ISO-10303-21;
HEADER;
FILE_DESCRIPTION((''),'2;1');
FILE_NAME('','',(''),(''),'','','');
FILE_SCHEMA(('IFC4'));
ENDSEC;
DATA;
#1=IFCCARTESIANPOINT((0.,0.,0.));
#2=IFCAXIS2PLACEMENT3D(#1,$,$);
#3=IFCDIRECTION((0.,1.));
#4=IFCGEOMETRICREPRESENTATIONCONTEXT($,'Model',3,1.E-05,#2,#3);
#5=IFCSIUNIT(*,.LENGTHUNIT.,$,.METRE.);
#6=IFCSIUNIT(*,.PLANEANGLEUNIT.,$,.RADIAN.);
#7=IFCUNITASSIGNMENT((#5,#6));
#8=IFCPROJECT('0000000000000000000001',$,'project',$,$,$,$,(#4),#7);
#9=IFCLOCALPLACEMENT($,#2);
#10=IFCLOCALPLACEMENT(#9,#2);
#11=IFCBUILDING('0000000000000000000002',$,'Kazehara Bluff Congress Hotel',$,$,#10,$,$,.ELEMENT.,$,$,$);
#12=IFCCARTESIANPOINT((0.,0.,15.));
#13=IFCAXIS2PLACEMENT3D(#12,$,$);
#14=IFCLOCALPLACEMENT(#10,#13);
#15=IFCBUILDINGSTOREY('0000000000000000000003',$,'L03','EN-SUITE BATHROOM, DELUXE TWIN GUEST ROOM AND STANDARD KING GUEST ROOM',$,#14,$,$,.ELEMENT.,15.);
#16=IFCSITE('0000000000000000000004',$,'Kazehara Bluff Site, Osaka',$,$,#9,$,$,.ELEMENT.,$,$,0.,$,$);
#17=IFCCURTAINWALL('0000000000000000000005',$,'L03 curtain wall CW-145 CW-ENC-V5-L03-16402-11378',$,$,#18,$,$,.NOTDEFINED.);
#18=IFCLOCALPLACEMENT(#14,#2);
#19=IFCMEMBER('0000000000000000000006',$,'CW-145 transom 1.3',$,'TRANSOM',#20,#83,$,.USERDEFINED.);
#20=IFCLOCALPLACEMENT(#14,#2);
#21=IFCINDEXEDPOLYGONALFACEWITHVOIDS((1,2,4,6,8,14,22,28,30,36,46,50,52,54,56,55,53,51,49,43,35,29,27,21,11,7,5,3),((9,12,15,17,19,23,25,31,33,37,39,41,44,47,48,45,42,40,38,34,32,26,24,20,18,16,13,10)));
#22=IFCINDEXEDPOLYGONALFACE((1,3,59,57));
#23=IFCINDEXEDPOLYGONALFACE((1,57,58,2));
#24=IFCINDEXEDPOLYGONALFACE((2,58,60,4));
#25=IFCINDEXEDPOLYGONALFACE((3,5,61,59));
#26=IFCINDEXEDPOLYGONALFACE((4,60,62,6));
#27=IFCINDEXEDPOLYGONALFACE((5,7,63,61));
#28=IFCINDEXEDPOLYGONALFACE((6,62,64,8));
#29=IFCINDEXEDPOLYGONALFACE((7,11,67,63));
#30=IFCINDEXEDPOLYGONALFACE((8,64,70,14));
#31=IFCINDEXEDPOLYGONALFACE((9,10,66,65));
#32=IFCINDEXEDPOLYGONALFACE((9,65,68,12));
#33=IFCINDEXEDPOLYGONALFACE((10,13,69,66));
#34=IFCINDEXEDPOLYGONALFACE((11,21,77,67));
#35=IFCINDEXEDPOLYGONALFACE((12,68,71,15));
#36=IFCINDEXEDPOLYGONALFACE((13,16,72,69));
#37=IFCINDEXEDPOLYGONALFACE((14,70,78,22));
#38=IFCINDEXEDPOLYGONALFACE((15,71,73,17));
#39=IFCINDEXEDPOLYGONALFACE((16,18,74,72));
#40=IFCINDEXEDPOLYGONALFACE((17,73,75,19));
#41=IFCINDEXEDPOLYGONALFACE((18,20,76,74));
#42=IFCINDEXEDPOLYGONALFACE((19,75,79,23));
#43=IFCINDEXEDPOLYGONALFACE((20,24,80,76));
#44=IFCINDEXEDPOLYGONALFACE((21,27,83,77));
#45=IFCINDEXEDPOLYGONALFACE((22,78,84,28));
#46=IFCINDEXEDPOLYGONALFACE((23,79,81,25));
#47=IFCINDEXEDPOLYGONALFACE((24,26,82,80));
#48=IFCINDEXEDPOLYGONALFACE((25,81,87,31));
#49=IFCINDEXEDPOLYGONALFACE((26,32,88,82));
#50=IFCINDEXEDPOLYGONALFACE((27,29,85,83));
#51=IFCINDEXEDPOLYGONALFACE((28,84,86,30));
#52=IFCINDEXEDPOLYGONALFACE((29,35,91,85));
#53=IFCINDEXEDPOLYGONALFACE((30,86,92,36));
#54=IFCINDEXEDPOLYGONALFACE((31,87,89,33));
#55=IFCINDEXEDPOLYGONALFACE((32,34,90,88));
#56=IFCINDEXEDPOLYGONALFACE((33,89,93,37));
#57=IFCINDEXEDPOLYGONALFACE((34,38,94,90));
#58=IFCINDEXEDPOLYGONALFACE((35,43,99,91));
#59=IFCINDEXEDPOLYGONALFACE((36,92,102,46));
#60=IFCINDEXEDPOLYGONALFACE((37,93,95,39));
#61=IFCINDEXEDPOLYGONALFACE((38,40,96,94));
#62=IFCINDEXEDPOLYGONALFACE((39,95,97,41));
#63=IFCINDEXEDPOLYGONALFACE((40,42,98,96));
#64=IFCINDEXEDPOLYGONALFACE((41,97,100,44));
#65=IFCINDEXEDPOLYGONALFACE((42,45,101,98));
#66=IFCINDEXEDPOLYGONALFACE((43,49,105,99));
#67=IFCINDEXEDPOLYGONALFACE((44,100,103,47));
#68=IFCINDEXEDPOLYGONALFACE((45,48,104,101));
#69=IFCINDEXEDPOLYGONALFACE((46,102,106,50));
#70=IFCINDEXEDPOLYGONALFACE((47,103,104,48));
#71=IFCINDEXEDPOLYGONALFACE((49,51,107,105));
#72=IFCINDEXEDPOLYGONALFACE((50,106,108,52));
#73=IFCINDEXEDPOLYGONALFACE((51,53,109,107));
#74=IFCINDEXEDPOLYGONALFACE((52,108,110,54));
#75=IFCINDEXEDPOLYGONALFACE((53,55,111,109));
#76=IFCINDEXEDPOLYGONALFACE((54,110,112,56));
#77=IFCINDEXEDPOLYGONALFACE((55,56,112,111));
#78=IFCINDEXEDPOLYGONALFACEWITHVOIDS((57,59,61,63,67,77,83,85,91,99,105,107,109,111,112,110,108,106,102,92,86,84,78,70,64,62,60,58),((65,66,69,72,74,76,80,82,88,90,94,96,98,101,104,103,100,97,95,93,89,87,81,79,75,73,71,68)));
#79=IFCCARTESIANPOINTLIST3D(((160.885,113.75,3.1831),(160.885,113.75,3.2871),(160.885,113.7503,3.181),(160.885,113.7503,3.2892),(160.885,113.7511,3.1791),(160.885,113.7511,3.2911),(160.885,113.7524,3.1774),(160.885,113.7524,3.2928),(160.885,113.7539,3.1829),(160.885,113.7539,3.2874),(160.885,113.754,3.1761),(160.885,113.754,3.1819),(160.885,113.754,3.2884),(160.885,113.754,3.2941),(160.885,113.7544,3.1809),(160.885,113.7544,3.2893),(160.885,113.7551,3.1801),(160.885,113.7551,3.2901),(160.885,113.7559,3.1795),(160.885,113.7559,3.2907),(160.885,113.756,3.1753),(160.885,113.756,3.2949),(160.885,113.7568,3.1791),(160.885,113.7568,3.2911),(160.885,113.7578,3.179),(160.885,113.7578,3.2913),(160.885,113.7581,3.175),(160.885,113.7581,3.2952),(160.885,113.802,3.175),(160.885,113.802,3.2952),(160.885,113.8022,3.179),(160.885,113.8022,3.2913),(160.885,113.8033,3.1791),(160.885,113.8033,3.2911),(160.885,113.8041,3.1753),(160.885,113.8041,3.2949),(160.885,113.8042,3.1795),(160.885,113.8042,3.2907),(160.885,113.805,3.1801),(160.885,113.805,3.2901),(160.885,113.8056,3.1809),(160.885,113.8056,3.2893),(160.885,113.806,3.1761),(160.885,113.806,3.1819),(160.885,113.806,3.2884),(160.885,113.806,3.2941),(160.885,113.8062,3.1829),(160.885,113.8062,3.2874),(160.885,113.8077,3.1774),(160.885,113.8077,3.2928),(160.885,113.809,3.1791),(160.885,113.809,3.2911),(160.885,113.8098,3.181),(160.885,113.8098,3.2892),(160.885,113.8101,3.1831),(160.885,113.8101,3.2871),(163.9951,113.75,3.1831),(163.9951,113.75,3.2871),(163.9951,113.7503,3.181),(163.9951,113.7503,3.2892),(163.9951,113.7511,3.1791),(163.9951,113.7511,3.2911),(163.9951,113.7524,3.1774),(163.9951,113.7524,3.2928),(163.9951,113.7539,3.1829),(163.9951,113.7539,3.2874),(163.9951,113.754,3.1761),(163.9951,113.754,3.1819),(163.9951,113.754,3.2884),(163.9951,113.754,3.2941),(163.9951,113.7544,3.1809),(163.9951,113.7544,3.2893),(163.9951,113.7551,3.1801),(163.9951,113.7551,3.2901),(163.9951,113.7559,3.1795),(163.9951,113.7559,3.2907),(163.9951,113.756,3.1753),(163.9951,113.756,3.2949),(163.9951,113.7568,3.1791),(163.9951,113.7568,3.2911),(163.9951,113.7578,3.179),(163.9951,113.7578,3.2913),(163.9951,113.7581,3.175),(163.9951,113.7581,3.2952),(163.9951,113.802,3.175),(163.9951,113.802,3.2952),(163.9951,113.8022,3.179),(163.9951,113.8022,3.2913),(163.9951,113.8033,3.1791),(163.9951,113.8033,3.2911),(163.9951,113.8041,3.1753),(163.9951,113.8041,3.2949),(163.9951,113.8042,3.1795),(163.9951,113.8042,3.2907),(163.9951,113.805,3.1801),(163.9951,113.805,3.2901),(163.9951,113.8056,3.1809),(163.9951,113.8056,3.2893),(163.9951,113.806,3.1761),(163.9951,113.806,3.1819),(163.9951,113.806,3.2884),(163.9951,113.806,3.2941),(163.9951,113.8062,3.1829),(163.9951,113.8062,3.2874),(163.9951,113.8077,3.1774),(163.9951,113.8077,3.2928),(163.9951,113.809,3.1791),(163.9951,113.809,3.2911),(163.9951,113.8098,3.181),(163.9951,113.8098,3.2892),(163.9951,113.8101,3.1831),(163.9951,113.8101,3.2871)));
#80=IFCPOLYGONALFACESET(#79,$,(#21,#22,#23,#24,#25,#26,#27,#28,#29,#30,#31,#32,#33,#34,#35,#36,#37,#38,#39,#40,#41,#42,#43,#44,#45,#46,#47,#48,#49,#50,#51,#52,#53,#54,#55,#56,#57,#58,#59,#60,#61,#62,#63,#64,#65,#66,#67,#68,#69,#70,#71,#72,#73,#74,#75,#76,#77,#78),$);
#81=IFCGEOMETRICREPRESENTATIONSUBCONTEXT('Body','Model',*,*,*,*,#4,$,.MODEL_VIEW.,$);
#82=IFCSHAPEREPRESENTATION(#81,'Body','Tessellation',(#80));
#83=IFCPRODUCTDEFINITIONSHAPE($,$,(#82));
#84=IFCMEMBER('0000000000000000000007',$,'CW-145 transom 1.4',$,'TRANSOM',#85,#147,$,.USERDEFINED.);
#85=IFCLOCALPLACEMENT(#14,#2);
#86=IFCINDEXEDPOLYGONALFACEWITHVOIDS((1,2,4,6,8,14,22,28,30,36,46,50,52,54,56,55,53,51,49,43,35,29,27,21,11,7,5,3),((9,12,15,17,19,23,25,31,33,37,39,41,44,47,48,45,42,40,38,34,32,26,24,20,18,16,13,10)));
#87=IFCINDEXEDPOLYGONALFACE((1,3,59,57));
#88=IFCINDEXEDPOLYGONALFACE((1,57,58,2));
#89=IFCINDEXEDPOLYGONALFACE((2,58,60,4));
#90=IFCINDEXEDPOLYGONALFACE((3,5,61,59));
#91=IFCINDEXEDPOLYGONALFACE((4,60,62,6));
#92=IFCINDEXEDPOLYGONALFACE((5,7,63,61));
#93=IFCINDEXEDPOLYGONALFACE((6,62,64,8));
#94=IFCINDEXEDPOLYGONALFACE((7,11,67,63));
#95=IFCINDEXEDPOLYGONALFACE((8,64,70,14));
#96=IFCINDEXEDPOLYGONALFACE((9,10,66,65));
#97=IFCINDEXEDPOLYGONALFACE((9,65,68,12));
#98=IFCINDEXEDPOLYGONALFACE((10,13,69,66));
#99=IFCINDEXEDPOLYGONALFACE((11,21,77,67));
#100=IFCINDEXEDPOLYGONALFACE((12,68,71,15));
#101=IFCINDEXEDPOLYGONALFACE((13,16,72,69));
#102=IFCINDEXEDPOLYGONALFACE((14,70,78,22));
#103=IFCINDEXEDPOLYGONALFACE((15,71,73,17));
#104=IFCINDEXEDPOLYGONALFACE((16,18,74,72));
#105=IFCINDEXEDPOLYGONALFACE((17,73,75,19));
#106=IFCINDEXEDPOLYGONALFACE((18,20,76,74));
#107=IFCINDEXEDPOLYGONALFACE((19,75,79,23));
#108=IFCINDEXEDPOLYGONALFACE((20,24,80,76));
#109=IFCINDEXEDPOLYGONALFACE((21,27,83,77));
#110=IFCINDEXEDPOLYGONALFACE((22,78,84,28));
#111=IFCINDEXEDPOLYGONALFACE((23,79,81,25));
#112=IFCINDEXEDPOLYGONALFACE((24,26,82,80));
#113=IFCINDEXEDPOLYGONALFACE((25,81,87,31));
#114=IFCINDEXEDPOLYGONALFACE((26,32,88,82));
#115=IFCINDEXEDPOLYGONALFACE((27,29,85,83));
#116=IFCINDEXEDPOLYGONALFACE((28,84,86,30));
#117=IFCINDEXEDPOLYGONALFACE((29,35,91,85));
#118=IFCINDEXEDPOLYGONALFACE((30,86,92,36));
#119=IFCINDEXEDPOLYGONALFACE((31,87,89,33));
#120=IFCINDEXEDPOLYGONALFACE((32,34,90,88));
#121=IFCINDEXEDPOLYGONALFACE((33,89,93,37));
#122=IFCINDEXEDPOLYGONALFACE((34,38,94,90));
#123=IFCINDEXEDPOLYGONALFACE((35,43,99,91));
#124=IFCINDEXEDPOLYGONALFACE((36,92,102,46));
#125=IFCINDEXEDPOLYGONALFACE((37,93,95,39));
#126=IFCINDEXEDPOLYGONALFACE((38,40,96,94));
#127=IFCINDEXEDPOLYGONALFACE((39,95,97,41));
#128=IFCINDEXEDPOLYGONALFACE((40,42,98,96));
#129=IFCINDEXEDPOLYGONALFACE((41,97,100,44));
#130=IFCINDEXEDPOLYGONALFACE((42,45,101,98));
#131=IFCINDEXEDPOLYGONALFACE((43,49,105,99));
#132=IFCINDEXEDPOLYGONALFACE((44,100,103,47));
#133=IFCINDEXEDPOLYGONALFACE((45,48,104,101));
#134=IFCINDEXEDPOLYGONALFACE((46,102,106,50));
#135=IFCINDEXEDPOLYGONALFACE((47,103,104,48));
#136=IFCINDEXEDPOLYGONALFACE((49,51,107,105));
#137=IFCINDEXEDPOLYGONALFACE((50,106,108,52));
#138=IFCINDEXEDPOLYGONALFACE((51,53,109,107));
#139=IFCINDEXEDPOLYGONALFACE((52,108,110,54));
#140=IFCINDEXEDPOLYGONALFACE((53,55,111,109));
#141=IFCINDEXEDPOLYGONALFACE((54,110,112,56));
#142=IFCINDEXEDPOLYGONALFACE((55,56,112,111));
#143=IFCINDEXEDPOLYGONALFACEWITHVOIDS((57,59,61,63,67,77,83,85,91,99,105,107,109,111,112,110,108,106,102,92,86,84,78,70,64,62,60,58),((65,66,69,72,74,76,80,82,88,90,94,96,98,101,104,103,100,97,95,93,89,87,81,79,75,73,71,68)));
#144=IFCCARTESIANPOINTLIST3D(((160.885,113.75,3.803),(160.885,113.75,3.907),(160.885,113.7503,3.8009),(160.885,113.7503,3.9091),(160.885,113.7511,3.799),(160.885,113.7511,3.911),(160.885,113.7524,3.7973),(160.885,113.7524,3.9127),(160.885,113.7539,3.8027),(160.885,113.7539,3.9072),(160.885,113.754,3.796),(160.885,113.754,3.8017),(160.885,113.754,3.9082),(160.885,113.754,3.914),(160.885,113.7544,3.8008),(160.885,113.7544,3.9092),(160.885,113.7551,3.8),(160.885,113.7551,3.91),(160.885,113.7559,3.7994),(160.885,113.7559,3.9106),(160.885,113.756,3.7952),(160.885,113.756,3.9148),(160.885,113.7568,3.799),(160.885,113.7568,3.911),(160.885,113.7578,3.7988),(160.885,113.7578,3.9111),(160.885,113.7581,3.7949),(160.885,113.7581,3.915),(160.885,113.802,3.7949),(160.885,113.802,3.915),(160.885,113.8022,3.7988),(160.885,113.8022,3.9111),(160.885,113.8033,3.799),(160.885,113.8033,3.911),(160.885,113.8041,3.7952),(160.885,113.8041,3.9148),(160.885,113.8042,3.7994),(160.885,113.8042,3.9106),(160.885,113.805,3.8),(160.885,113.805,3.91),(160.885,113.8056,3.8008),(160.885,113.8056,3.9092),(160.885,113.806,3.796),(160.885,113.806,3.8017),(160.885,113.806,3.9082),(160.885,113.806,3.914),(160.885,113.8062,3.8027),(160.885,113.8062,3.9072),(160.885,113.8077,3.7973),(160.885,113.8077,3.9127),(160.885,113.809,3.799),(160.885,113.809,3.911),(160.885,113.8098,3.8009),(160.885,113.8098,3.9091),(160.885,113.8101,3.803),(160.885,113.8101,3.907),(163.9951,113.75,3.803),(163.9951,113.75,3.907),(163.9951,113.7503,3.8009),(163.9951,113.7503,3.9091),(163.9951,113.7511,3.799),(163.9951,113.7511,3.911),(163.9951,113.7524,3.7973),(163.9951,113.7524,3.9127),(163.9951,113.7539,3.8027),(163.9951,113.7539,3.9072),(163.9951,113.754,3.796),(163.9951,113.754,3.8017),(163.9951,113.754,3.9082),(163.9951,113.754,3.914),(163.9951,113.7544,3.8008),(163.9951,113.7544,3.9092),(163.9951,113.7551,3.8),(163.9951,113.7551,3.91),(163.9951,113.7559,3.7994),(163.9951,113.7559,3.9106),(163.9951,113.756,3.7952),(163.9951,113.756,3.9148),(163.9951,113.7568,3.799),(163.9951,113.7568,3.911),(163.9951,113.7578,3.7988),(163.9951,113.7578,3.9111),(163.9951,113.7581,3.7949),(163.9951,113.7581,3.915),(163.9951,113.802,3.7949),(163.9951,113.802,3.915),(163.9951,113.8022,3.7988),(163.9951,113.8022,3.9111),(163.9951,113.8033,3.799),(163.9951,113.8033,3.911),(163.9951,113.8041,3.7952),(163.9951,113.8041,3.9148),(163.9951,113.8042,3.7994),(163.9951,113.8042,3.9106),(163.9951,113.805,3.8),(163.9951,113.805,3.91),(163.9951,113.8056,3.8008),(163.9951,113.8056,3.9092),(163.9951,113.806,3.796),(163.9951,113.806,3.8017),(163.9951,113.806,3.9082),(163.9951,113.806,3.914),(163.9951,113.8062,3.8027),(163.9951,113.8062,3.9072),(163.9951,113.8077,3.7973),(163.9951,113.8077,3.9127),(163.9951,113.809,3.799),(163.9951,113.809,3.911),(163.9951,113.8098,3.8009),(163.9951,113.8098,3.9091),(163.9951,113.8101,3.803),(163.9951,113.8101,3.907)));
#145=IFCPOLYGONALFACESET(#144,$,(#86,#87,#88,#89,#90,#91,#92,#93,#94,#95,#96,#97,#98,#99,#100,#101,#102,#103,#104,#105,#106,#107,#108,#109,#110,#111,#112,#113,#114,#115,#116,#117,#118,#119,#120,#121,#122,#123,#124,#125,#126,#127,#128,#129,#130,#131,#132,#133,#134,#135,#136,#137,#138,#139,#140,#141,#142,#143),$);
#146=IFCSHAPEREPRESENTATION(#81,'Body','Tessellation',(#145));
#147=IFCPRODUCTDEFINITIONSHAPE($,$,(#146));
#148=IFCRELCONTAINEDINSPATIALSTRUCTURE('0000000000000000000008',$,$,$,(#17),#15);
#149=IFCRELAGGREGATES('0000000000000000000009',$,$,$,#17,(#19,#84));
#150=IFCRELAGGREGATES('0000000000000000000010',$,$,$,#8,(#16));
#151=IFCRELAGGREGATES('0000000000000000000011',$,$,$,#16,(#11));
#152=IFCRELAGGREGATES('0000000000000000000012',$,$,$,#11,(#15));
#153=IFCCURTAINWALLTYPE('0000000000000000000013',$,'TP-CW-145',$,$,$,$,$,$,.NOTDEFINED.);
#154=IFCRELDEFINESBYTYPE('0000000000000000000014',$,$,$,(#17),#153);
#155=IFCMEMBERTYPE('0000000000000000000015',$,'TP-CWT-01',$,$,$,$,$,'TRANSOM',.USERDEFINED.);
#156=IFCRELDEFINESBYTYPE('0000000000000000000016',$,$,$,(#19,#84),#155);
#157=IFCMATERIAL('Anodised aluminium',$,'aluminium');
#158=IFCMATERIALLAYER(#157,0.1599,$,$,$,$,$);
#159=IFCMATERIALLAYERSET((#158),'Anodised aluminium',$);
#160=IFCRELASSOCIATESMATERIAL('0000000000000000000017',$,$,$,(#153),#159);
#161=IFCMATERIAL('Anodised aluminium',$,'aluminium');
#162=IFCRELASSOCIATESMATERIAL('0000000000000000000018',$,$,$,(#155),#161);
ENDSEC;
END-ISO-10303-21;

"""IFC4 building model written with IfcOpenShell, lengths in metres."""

from ifc_helpers import new_model, si_unit, direction, frame, origin, origin_2d, place, context, subcontext, project, spatial, hollow_rectangle, extrude, material, layer, layer_set, material_profile, profile_set, type_object, element, aggregate, save


model = new_model("IFC4")

# Units and contexts
model_context = context("Model", 3, precision=1e-05, world=origin(), true_north=direction((0.0, 1.0)))
body_context = subcontext(model_context, "Body", "Model", "MODEL_VIEW")
ifc_project = project(units=[si_unit("LENGTHUNIT", "METRE"), si_unit("PLANEANGLEUNIT", "RADIAN")], contexts=[model_context])

# Site, building, storey
site_placement = place(None, origin())
site = spatial("IfcSite", under=ifc_project, at=site_placement, Name="Kazehara Bluff Site, Osaka", CompositionType="ELEMENT", RefElevation=0.0)
building_placement = place(site_placement, origin())
building = spatial("IfcBuilding", under=site, at=building_placement, Name="Kazehara Bluff Congress Hotel", CompositionType="ELEMENT")
storey_placement = place(building_placement, frame((0.0, 0.0, 15.0)))
storey = spatial("IfcBuildingStorey", under=building, at=storey_placement, Name="L03", Description="EN-SUITE BATHROOM, DELUXE TWIN GUEST ROOM AND STANDARD KING GUEST ROOM", CompositionType="ELEMENT", Elevation=15.0)

# Curtain wall
ifc_material_1 = material(Name="Anodised aluminium", Category="aluminium")
ifc_layer_1 = layer(ifc_material_1, 0.1599)
ifc_layer_set_1 = layer_set([ifc_layer_1], Name="Anodised aluminium")
curtain_wall_type_1 = type_object("IfcCurtainWallType", Name="TP-CW-145", PredefinedType="NOTDEFINED", material=ifc_layer_set_1)
curtain_wall_1_placement = place(storey_placement, origin())
curtain_wall_1 = element("IfcCurtainWall", 1, at=curtain_wall_1_placement, inside=storey, type_object=curtain_wall_type_1, Name="L03 curtain wall CW-145 CW-ENC-V5-L03-16402-11378", PredefinedType="NOTDEFINED")

# Members
ifc_material_2 = material(Name="Anodised aluminium", Category="aluminium")
ifc_material_profile_1 = material_profile(ifc_material_2, hollow_rectangle(XDim=0.0601, YDim=0.1201, WallThickness=0.0039, InnerFilletRadius=0.0039, OuterFilletRadius=0.0081, at=origin_2d()))
ifc_profile_set_1 = profile_set([ifc_material_profile_1], Name="Anodised aluminium")
member_type_1 = type_object("IfcMemberType", Name="TP-CWT-01", ElementType="TRANSOM", PredefinedType="USERDEFINED", material=ifc_profile_set_1)
member_1_placement = place(storey_placement, frame((160.885, 113.78, 3.2351), z_axis=(1.0, 0.0, 0.0), x_axis=(0.0, 1.0, 0.0)))
member_1 = element("IfcMember", 2, at=member_1_placement, type_object=member_type_1, Name="CW-145 transom 1.3", ObjectType="TRANSOM", PredefinedType="USERDEFINED", context=body_context, shape_type="SweptSolid", body=[
    extrude(hollow_rectangle(XDim=0.0601, YDim=0.1201, WallThickness=0.0039, InnerFilletRadius=0.0039, OuterFilletRadius=0.0081, at=origin_2d()), origin(), (0.0, 0.0, 1.0), 3.1101),
])
member_2_placement = place(storey_placement, frame((160.885, 113.78, 3.855), z_axis=(1.0, 0.0, 0.0), x_axis=(0.0, 1.0, 0.0)))
member_2 = element("IfcMember", 3, at=member_2_placement, type_object=member_type_1, Name="CW-145 transom 1.4", ObjectType="TRANSOM", PredefinedType="USERDEFINED", context=body_context, shape_type="SweptSolid", body=[
    extrude(hollow_rectangle(XDim=0.0601, YDim=0.1201, WallThickness=0.0039, InnerFilletRadius=0.0039, OuterFilletRadius=0.0081, at=origin_2d()), origin(), (0.0, 0.0, 1.0), 3.1101),
])

aggregate(curtain_wall_1, [member_1, member_2])

save(model, "model.ifc")
